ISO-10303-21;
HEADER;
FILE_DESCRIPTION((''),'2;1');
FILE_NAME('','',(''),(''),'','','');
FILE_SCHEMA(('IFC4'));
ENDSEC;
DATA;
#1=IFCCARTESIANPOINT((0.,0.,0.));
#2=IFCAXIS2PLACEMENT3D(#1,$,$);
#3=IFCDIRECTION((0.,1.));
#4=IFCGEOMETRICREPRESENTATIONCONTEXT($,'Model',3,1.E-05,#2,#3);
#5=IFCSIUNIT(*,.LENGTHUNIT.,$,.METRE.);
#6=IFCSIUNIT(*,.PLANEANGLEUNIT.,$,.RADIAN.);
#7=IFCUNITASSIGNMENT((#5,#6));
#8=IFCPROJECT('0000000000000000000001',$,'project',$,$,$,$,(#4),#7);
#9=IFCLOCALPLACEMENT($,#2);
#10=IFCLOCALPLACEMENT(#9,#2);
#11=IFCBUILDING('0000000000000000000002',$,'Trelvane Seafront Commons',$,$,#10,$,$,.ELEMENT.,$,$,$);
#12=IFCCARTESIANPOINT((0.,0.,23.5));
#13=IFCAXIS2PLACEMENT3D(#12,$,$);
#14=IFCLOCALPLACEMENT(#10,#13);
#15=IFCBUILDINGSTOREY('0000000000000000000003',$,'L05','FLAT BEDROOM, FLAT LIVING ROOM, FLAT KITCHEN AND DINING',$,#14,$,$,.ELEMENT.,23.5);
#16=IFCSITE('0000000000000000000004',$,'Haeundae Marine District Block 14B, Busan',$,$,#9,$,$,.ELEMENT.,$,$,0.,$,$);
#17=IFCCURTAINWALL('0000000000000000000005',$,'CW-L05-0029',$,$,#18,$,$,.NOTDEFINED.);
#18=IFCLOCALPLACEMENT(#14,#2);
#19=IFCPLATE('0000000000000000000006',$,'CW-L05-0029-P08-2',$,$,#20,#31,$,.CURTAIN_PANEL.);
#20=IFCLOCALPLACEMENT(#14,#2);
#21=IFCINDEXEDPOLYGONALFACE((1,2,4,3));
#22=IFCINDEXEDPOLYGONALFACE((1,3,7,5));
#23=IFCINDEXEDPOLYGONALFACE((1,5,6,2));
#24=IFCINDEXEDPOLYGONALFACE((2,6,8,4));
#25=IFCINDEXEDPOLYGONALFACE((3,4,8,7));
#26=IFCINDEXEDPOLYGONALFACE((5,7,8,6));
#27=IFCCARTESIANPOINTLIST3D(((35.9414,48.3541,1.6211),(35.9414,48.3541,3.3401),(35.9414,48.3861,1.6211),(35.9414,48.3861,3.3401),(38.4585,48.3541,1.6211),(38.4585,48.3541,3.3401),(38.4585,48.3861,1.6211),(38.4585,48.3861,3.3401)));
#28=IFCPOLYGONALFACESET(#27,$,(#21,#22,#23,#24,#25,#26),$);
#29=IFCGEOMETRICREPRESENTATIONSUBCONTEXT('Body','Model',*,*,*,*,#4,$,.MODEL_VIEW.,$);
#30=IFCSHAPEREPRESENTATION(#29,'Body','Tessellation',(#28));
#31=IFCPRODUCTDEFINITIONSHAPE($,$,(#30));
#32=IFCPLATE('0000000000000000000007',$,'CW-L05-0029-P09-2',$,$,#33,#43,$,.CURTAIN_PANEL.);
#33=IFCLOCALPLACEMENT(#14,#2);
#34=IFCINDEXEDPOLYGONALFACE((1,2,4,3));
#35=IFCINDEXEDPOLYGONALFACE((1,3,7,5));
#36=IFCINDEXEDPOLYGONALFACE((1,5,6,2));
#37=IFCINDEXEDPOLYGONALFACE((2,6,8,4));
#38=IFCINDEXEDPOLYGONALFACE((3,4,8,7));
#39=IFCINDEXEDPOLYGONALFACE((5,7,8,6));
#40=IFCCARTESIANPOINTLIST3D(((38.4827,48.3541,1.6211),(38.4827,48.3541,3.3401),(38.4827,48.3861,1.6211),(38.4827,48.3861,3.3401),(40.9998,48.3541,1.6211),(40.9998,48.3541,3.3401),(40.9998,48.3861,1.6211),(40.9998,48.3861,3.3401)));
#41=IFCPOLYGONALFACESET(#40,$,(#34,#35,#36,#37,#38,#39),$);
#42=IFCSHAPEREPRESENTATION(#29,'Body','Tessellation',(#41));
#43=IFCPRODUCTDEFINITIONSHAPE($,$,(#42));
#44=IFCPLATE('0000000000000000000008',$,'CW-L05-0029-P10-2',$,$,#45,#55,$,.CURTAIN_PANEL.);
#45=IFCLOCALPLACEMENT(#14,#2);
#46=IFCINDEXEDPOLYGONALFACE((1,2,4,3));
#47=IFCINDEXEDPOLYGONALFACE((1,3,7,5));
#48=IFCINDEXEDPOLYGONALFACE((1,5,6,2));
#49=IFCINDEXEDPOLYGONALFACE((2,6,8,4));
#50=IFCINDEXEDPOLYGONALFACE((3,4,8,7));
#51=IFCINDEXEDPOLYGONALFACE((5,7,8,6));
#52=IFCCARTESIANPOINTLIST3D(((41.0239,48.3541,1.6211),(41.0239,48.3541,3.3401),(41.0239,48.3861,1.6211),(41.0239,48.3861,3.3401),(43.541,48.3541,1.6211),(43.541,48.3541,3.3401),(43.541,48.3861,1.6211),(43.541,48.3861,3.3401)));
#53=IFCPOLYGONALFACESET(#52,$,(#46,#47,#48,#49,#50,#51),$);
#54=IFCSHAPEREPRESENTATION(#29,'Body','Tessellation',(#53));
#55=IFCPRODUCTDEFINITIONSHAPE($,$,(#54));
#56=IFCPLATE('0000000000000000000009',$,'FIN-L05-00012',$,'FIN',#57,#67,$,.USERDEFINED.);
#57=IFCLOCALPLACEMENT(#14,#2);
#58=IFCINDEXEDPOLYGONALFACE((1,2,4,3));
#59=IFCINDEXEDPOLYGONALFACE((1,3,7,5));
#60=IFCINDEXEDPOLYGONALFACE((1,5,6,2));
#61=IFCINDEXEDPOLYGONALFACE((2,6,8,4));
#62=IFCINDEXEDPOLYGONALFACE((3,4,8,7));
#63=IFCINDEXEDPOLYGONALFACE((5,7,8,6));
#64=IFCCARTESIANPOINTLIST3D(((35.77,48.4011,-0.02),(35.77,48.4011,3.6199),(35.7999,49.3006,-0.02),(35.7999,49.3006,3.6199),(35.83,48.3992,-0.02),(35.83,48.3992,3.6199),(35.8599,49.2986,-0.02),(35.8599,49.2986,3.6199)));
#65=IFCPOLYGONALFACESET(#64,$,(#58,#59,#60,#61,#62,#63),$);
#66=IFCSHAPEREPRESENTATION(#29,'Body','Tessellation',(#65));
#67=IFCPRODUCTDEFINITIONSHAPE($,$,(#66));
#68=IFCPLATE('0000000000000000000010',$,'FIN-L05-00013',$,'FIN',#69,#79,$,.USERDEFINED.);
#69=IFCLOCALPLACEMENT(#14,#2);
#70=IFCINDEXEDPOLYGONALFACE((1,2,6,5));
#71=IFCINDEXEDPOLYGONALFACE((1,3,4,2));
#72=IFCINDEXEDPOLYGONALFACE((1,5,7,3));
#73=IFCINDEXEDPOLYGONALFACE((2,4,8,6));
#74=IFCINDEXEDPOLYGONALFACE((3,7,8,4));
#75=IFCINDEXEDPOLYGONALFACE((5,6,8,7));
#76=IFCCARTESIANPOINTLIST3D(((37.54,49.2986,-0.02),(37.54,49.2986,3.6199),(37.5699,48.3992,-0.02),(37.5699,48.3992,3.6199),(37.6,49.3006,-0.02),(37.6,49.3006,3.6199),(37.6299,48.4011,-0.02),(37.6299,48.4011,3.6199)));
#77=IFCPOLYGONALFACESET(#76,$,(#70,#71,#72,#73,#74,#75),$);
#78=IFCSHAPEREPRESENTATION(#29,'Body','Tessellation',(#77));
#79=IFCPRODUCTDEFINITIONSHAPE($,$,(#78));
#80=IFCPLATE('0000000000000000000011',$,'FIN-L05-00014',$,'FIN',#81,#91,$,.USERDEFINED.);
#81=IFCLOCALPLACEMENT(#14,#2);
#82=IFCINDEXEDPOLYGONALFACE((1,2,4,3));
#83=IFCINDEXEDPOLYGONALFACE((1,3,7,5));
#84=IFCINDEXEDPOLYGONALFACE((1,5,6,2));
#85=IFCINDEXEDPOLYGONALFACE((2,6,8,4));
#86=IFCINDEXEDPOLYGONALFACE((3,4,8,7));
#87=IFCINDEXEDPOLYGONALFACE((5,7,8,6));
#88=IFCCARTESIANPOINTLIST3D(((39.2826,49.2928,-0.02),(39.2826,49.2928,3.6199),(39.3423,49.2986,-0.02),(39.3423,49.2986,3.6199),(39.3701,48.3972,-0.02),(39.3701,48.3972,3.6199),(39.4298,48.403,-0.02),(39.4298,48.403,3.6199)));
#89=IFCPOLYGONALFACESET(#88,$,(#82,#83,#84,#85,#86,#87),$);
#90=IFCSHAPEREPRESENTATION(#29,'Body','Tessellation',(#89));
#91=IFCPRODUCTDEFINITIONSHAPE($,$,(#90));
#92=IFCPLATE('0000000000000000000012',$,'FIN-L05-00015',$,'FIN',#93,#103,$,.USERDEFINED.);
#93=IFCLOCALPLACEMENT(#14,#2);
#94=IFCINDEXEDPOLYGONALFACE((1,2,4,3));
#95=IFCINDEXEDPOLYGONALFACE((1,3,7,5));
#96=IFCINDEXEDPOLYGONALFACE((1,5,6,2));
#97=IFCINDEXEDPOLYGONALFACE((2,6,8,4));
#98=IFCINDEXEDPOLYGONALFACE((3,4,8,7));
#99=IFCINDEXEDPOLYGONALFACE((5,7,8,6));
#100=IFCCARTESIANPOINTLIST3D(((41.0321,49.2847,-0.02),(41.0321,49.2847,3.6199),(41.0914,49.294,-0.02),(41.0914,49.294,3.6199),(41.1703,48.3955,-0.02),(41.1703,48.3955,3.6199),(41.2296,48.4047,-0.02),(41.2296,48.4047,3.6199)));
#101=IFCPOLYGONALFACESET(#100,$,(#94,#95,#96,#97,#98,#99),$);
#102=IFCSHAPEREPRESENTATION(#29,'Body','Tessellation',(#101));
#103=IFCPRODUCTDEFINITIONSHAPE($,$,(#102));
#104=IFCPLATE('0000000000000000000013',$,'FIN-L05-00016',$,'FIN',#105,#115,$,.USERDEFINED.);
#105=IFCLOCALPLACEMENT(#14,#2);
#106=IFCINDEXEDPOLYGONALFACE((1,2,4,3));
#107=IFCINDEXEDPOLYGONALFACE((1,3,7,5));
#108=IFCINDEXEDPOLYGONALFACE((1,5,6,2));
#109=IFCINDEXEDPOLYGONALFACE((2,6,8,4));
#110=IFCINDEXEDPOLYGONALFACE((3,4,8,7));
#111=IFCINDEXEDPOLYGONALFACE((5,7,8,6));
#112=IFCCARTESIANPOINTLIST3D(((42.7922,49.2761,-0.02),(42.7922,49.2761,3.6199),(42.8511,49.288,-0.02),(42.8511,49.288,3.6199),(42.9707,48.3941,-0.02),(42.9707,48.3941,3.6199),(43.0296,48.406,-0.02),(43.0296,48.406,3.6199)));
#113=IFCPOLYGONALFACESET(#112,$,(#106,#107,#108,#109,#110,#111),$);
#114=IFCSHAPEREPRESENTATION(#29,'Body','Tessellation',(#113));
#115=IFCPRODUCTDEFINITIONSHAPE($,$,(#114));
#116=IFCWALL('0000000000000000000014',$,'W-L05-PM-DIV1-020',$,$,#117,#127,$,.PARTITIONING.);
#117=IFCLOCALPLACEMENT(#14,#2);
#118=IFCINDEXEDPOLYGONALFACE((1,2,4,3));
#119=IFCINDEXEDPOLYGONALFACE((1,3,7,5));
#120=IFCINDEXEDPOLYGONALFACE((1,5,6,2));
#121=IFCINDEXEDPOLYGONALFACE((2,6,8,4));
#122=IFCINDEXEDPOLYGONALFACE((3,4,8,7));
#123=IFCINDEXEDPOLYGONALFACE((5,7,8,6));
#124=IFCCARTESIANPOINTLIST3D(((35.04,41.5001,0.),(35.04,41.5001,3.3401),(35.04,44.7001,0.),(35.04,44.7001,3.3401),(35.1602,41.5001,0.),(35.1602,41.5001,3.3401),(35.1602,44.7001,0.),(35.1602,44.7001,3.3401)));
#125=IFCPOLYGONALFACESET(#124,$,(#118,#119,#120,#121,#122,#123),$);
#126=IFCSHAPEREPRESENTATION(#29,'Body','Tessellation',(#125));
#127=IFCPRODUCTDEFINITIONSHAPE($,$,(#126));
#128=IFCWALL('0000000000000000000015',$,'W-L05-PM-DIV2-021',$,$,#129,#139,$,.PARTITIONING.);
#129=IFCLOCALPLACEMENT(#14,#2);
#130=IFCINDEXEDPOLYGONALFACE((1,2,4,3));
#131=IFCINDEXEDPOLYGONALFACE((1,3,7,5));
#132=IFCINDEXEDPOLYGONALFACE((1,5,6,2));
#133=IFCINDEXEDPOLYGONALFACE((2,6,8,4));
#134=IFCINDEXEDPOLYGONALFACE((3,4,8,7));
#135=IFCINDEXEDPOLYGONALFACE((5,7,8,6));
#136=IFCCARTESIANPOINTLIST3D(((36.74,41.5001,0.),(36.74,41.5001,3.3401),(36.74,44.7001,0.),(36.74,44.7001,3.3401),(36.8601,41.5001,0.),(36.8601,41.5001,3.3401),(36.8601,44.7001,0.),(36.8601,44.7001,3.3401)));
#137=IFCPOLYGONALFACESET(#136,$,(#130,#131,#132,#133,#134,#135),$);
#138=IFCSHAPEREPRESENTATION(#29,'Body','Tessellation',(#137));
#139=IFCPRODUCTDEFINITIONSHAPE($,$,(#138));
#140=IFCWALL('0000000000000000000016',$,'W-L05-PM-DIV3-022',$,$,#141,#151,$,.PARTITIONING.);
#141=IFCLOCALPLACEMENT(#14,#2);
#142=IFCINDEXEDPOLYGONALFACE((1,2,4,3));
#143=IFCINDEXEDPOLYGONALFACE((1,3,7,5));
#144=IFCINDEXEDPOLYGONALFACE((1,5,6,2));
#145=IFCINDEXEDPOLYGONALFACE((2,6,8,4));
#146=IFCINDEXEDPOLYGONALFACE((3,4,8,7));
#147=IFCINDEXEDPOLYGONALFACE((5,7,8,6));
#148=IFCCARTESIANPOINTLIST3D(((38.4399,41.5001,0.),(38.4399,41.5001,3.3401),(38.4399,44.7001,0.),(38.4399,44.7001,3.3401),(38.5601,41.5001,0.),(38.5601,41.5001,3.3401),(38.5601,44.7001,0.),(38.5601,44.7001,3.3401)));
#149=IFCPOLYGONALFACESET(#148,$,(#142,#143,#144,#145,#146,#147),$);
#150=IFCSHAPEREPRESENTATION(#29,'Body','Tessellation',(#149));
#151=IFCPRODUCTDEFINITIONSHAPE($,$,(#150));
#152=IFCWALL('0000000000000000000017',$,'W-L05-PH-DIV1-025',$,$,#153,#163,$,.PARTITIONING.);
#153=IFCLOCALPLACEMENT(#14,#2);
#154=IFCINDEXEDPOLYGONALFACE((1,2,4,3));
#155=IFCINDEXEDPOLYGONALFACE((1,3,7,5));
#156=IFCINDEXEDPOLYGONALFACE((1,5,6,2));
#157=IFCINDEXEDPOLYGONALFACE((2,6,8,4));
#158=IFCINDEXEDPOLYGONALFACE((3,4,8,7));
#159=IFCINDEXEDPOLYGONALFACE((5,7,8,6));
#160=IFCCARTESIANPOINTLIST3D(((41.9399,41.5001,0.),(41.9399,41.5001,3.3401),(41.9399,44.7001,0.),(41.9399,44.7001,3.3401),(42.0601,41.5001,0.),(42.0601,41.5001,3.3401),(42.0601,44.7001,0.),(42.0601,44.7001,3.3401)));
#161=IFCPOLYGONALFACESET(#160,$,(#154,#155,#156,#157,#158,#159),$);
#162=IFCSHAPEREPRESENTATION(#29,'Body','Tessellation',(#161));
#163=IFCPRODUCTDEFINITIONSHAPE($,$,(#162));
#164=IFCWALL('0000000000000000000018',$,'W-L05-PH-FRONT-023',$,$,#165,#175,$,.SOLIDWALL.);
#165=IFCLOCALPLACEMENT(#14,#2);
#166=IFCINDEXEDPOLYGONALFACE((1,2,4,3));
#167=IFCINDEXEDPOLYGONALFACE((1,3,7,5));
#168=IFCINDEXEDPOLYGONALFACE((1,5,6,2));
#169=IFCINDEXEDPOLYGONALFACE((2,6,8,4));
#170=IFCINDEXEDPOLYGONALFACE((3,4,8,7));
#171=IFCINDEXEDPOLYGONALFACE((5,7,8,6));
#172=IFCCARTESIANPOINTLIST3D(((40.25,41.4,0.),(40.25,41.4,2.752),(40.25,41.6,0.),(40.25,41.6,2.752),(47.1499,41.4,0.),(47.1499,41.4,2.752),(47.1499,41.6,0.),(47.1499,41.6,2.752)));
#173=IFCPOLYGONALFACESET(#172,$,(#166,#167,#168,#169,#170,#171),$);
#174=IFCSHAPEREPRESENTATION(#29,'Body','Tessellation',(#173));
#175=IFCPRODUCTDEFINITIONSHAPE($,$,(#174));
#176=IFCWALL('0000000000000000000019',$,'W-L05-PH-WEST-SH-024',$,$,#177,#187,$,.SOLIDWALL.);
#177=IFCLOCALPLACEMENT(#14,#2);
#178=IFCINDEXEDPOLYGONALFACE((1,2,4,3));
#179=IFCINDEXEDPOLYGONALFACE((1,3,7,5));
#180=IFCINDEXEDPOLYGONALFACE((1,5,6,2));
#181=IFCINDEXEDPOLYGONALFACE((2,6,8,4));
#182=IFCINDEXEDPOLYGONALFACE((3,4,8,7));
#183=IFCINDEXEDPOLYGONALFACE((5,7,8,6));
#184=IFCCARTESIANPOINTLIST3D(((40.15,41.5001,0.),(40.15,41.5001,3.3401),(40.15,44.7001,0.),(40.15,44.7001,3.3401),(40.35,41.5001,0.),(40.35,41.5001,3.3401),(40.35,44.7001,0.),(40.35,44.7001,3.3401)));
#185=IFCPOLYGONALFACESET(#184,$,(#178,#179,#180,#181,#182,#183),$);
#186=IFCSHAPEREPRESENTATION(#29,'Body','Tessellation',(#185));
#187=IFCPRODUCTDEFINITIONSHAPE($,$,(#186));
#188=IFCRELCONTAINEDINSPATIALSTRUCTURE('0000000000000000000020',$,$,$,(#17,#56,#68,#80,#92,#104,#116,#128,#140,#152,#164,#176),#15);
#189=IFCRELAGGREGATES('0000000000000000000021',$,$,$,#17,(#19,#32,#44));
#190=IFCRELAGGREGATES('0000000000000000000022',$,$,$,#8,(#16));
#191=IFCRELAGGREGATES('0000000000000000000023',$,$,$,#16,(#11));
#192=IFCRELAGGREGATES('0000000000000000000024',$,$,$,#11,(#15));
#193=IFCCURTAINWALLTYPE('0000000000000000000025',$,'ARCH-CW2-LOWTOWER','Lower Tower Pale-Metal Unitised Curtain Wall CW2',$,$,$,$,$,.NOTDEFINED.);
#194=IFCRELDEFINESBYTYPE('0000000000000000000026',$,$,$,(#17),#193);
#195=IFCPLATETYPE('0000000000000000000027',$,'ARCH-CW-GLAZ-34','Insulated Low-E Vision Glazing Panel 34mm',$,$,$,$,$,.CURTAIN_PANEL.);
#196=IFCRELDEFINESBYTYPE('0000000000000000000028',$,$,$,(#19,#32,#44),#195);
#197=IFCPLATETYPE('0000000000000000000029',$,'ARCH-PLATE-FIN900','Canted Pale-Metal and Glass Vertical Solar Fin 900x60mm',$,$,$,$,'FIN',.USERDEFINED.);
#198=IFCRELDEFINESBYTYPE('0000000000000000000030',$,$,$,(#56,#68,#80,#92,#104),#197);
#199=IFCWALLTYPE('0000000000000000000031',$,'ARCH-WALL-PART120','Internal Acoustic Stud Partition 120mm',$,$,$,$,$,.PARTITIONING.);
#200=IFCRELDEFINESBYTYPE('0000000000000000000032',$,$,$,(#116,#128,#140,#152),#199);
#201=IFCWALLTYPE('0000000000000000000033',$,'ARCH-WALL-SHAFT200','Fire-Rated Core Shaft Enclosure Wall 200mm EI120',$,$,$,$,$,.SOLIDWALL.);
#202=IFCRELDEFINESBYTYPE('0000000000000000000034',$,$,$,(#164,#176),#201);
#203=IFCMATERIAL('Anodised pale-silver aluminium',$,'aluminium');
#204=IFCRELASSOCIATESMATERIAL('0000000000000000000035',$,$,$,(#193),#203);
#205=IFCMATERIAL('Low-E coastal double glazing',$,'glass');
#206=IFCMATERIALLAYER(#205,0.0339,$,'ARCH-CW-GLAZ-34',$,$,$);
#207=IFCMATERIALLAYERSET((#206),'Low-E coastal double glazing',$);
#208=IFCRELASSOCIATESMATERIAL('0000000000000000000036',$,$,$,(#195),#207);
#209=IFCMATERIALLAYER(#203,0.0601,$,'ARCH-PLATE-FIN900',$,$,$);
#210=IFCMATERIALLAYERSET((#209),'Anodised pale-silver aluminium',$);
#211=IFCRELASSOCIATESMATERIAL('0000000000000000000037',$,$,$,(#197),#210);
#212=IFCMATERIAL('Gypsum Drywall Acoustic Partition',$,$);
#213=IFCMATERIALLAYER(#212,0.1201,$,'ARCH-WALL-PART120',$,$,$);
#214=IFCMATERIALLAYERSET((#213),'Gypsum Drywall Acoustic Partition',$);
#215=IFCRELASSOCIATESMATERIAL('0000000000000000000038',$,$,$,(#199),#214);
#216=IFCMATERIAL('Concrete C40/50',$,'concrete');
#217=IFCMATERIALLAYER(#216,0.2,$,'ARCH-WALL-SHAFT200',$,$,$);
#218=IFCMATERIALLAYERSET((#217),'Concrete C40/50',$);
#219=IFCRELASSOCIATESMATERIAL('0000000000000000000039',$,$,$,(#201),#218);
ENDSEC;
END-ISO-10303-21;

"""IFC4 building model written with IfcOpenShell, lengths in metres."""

from ifc_helpers import new_model, si_unit, direction, frame, frame_2d, origin, origin_2d, place, context, subcontext, project, spatial, rectangle, extrude, source, transform, mapped, material, layer, layer_set, type_object, element, aggregate, save


model = new_model("IFC4")

# Units and contexts
model_context = context("Model", 3, precision=1e-05, world=origin(), true_north=direction((0.0, 1.0)))
body_context = subcontext(model_context, "Body", "Model", "MODEL_VIEW")
ifc_project = project(units=[si_unit("LENGTHUNIT", "METRE"), si_unit("PLANEANGLEUNIT", "RADIAN")], contexts=[model_context])

# Site, building, storey
site_placement = place(None, origin())
site = spatial("IfcSite", under=ifc_project, at=site_placement, Name="Haeundae Marine District Block 14B, Busan", CompositionType="ELEMENT", RefElevation=0.0)
building_placement = place(site_placement, origin())
building = spatial("IfcBuilding", under=site, at=building_placement, Name="Trelvane Seafront Commons", CompositionType="ELEMENT")
storey_placement = place(building_placement, frame((0.0, 0.0, 23.5)))
storey = spatial("IfcBuildingStorey", under=building, at=storey_placement, Name="L05", Description="FLAT BEDROOM, FLAT LIVING ROOM, FLAT KITCHEN AND DINING", CompositionType="ELEMENT", Elevation=23.5)

# Curtain wall, plates
ifc_material_1 = material(Name="Anodised pale-silver aluminium", Category="aluminium")
curtain_wall_type = type_object("IfcCurtainWallType", Name="ARCH-CW2-LOWTOWER", Description="Lower Tower Pale-Metal Unitised Curtain Wall CW2", PredefinedType="NOTDEFINED", material=ifc_material_1)
curtain_wall_placement = place(storey_placement, origin())
curtain_wall = element("IfcCurtainWall", 1, at=curtain_wall_placement, inside=storey, type_object=curtain_wall_type, Name="CW-L05-0029", PredefinedType="NOTDEFINED")
ifc_material_2 = material(Name="Low-E coastal double glazing", Category="glass")
ifc_layer_1 = layer(ifc_material_2, 0.0339, Name="ARCH-CW-GLAZ-34")
ifc_layer_set_1 = layer_set([ifc_layer_1], Name="Low-E coastal double glazing")
plate_type_1 = type_object("IfcPlateType", Name="ARCH-CW-GLAZ-34", Description="Insulated Low-E Vision Glazing Panel 34mm", PredefinedType="CURTAIN_PANEL", material=ifc_layer_set_1)
shared_shape_1 = source(origin(), body_context, "Body", "SweptSolid", [
    extrude(rectangle(XDim=2.5171, YDim=0.032, at=origin_2d()), origin(), (0.0, 0.0, 1.0), 1.719),
])
plate_1_placement = place(storey_placement, frame((37.2, 48.3701, 1.6211), z_axis=(0.0, 0.0, 1.0), x_axis=(1.0, 0.0, 0.0)))
plate_1 = element("IfcPlate", 2, at=plate_1_placement, type_object=plate_type_1, Name="CW-L05-0029-P08-2", PredefinedType="CURTAIN_PANEL", context=body_context, shape_type="MappedRepresentation", body=[
    mapped(shared_shape_1, transform((0.0, 0.0, 0.0), x_axis=(1.0, 0.0, 0.0), y_axis=(0.0, 1.0, 0.0), z_axis=(0.0, 0.0, 1.0), scale=1.0)),
])
plate_2_placement = place(storey_placement, frame((39.7412, 48.3701, 1.6211), z_axis=(0.0, 0.0, 1.0), x_axis=(1.0, 0.0, 0.0)))
plate_2 = element("IfcPlate", 3, at=plate_2_placement, type_object=plate_type_1, Name="CW-L05-0029-P09-2", PredefinedType="CURTAIN_PANEL", context=body_context, shape_type="MappedRepresentation", body=[
    mapped(shared_shape_1, transform((0.0, 0.0, 0.0), x_axis=(1.0, 0.0, 0.0), y_axis=(0.0, 1.0, 0.0), z_axis=(0.0, 0.0, 1.0), scale=1.0)),
])
plate_3_placement = place(storey_placement, frame((42.2825, 48.3701, 1.6211), z_axis=(0.0, 0.0, 1.0), x_axis=(1.0, 0.0, 0.0)))
plate_3 = element("IfcPlate", 4, at=plate_3_placement, type_object=plate_type_1, Name="CW-L05-0029-P10-2", PredefinedType="CURTAIN_PANEL", context=body_context, shape_type="MappedRepresentation", body=[
    mapped(shared_shape_1, transform((0.0, 0.0, 0.0), x_axis=(1.0, 0.0, 0.0), y_axis=(0.0, 1.0, 0.0), z_axis=(0.0, 0.0, 1.0), scale=1.0)),
])
aggregate(curtain_wall, [plate_1, plate_2, plate_3])

# Plates
ifc_layer_2 = layer(ifc_material_1, 0.0601, Name="ARCH-PLATE-FIN900")
ifc_layer_set_2 = layer_set([ifc_layer_2], Name="Anodised pale-silver aluminium")
plate_type_2 = type_object("IfcPlateType", Name="ARCH-PLATE-FIN900", Description="Canted Pale-Metal and Glass Vertical Solar Fin 900x60mm", ElementType="FIN", PredefinedType="USERDEFINED", material=ifc_layer_set_2)
shared_shape_2 = source(origin(), body_context, "Body", "SweptSolid", [
    extrude(rectangle(XDim=0.8999, YDim=0.0601, at=origin_2d()), origin(), (0.0, 0.0, 1.0), 3.6399),
])
for number, where, z_axis, x_axis, name in (
    (5, (35.8149, 48.8499, -0.02), (0.0, 0.0, 1.0), (0.033223, 0.999448, 0.0), "FIN-L05-00012"),
    (6, (37.585, 48.8499, -0.02), (0.0, 0.0, 1.0), (-0.033223, 0.999448, 0.0), "FIN-L05-00013"),
    (7, (39.3562, 48.8479, -0.02), (0.0, 0.0, 1.0), (-0.097227, 0.995262, 0.0), "FIN-L05-00014"),
    (8, (41.1309, 48.8447, -0.02), (0.0, 0.0, 1.0), (-0.15356, 0.988139, 0.0), "FIN-L05-00015"),
    (9, (42.9109, 48.8411, -0.02), (0.0, 0.0, 1.0), (-0.198338, 0.980134, 0.0), "FIN-L05-00016"),
):
    element("IfcPlate", number, at=place(storey_placement, frame(where, z_axis=z_axis, x_axis=x_axis)), inside=storey, type_object=plate_type_2, Name=name, ObjectType="FIN", PredefinedType="USERDEFINED", context=body_context, shape_type="MappedRepresentation", body=[
        mapped(shared_shape_2, transform((0.0, 0.0, 0.0), x_axis=(1.0, 0.0, 0.0), y_axis=(0.0, 1.0, 0.0), z_axis=(0.0, 0.0, 1.0), scale=1.0)),
    ])

# Walls
ifc_material_3 = material(Name="Gypsum Drywall Acoustic Partition")
ifc_layer_3 = layer(ifc_material_3, 0.1201, Name="ARCH-WALL-PART120")
ifc_layer_set_3 = layer_set([ifc_layer_3], Name="Gypsum Drywall Acoustic Partition")
wall_type_1 = type_object("IfcWallType", Name="ARCH-WALL-PART120", Description="Internal Acoustic Stud Partition 120mm", PredefinedType="PARTITIONING", material=ifc_layer_set_3)
for number, where, z_axis, x_axis, name in (
    (10, (35.1001, 41.5, 0.0), (0.0, 0.0, 1.0), (0.0, 1.0, 0.0), "W-L05-PM-DIV1-020"),
    (11, (36.8, 41.5, 0.0), (0.0, 0.0, 1.0), (0.0, 1.0, 0.0), "W-L05-PM-DIV2-021"),
    (12, (38.5, 41.5, 0.0), (0.0, 0.0, 1.0), (0.0, 1.0, 0.0), "W-L05-PM-DIV3-022"),
    (13, (42.0, 41.5, 0.0), (0.0, 0.0, 1.0), (0.0, 1.0, 0.0), "W-L05-PH-DIV1-025"),
):
    element("IfcWall", number, at=place(storey_placement, frame(where, z_axis=z_axis, x_axis=x_axis)), inside=storey, type_object=wall_type_1, Name=name, PredefinedType="PARTITIONING", context=body_context, shape_type="SweptSolid", body=[
        extrude(rectangle(XDim=3.2, YDim=0.1201, at=frame_2d((1.6001, 0.0))), origin(), (0.0, 0.0, 1.0), 3.3401),
    ])

# Walls
ifc_material_4 = material(Name="Concrete C40/50", Category="concrete")
ifc_layer_4 = layer(ifc_material_4, 0.2, Name="ARCH-WALL-SHAFT200")
ifc_layer_set_4 = layer_set([ifc_layer_4], Name="Concrete C40/50")
wall_type_2 = type_object("IfcWallType", Name="ARCH-WALL-SHAFT200", Description="Fire-Rated Core Shaft Enclosure Wall 200mm EI120", PredefinedType="SOLIDWALL", material=ifc_layer_set_4)
wall_1_placement = place(storey_placement, frame((40.25, 41.5, 0.0), z_axis=(0.0, 0.0, 1.0), x_axis=(1.0, 0.0, 0.0)))
element("IfcWall", 14, at=wall_1_placement, inside=storey, type_object=wall_type_2, Name="W-L05-PH-FRONT-023", PredefinedType="SOLIDWALL", context=body_context, shape_type="SweptSolid", body=[
    extrude(rectangle(XDim=6.8999, YDim=0.2, at=frame_2d((3.45, 0.0))), origin(), (0.0, 0.0, 1.0), 2.752),
])
wall_2_placement = place(storey_placement, frame((40.25, 41.5, 0.0), z_axis=(0.0, 0.0, 1.0), x_axis=(0.0, 1.0, 0.0)))
element("IfcWall", 15, at=wall_2_placement, inside=storey, type_object=wall_type_2, Name="W-L05-PH-WEST-SH-024", PredefinedType="SOLIDWALL", context=body_context, shape_type="SweptSolid", body=[
    extrude(rectangle(XDim=3.2, YDim=0.2, at=frame_2d((1.6001, 0.0))), origin(), (0.0, 0.0, 1.0), 3.3401),
])

save(model, "model.ifc")
